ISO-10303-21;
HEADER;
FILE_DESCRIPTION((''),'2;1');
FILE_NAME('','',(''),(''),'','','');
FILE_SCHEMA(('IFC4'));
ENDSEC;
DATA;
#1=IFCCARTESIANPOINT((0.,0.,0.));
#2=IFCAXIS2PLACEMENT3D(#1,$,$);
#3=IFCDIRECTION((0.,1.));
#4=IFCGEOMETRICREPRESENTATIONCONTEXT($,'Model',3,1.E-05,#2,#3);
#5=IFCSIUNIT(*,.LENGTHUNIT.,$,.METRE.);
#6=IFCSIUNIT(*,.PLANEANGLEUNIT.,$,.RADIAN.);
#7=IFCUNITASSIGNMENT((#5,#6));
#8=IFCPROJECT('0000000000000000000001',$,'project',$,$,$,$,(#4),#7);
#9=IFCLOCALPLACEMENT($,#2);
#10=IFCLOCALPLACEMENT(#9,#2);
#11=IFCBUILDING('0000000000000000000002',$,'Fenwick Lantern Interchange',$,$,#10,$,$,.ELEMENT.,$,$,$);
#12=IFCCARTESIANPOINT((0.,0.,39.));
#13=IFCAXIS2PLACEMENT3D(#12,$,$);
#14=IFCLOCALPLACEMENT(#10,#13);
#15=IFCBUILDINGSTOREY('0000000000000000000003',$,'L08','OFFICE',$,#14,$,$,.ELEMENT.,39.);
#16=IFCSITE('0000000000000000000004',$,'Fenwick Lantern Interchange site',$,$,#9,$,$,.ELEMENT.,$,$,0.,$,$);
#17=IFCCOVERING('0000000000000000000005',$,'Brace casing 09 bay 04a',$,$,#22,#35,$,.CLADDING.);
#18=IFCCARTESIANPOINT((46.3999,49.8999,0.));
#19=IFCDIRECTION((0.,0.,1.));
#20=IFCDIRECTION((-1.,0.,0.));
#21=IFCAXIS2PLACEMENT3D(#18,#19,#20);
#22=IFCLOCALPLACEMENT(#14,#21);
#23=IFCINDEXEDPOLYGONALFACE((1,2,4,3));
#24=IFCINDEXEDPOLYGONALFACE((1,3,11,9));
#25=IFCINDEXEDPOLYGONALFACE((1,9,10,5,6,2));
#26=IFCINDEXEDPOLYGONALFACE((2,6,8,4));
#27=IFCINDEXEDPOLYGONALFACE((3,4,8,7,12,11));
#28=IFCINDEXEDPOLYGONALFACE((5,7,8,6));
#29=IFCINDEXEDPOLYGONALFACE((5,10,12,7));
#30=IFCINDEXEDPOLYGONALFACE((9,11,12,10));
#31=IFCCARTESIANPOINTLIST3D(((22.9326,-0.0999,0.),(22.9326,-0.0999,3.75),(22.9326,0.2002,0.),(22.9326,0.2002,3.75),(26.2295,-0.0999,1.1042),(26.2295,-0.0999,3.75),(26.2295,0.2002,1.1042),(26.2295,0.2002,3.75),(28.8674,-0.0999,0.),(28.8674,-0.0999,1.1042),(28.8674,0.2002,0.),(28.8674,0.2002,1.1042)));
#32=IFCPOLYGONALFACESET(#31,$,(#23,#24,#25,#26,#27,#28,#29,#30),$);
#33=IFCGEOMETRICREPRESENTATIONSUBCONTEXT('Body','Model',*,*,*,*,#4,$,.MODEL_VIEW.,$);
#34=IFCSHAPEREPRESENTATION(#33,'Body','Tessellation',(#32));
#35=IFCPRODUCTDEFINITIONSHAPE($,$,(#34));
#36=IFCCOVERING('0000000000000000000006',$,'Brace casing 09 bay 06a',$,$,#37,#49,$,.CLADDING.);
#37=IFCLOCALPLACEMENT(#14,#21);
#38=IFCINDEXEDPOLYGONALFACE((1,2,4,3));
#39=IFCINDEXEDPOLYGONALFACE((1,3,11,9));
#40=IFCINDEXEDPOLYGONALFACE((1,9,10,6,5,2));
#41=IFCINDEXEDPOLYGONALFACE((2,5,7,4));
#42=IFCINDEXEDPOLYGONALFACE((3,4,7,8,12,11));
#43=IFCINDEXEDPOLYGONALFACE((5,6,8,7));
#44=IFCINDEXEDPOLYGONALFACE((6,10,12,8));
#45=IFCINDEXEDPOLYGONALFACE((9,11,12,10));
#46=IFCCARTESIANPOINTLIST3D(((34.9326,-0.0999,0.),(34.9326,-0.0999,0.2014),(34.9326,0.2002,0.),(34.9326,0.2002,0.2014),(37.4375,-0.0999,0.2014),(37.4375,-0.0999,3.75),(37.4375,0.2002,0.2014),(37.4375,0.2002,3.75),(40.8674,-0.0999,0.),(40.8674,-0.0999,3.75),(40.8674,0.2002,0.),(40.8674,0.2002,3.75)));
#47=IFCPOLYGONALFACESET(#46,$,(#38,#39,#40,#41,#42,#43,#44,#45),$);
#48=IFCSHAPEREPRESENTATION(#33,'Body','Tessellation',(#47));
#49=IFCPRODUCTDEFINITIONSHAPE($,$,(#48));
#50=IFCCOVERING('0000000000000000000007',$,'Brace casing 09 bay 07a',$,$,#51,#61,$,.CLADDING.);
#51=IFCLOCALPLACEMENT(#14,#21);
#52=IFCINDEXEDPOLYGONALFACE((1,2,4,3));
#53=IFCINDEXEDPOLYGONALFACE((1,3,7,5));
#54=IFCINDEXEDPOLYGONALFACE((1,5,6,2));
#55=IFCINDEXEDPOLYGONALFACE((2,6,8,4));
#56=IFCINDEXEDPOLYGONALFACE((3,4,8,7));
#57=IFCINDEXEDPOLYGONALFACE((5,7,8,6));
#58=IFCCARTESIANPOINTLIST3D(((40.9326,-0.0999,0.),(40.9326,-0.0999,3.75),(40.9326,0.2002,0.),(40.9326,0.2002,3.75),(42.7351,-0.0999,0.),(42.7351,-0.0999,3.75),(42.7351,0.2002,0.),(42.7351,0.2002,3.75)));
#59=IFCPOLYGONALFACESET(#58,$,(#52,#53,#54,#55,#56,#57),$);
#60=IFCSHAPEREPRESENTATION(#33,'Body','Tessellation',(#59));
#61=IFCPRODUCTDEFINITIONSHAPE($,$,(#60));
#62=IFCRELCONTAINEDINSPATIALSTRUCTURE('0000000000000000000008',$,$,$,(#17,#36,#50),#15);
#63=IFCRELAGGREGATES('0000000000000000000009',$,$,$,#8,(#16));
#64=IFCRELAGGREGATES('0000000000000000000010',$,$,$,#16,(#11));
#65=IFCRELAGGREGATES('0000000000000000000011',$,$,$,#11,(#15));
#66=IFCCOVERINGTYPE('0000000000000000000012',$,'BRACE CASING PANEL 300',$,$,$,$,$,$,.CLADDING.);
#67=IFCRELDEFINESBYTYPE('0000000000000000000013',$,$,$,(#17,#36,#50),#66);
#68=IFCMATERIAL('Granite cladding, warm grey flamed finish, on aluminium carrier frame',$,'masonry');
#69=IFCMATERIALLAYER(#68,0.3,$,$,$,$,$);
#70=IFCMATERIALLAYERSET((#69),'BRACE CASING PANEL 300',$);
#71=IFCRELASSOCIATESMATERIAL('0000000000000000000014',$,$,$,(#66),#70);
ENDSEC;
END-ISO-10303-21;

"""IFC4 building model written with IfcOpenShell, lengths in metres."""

from ifc_helpers import new_model, si_unit, direction, frame, origin, place, context, subcontext, project, spatial, polyline, outline, extrude, material, layer, layer_set, type_object, element, save


model = new_model("IFC4")

# Units and contexts
model_context = context("Model", 3, precision=1e-05, world=origin(), true_north=direction((0.0, 1.0)))
body_context = subcontext(model_context, "Body", "Model", "MODEL_VIEW")
ifc_project = project(units=[si_unit("LENGTHUNIT", "METRE"), si_unit("PLANEANGLEUNIT", "RADIAN")], contexts=[model_context])

# Site, building, storey
site_placement = place(None, origin())
site = spatial("IfcSite", under=ifc_project, at=site_placement, Name="Fenwick Lantern Interchange site", CompositionType="ELEMENT", RefElevation=0.0)
building_placement = place(site_placement, origin())
building = spatial("IfcBuilding", under=site, at=building_placement, Name="Fenwick Lantern Interchange", CompositionType="ELEMENT")
storey_placement = place(building_placement, frame((0.0, 0.0, 39.0)))
storey = spatial("IfcBuildingStorey", under=building, at=storey_placement, Name="L08", Description="OFFICE", CompositionType="ELEMENT", Elevation=39.0)

# Coverings
ifc_material_1 = material(Name="Granite cladding, warm grey flamed finish, on aluminium carrier frame", Category="masonry")
ifc_layer_1 = layer(ifc_material_1, 0.3)
ifc_layer_set_1 = layer_set([ifc_layer_1], Name="BRACE CASING PANEL 300")
covering_type = type_object("IfcCoveringType", Name="BRACE CASING PANEL 300", PredefinedType="CLADDING", material=ifc_layer_set_1)
covering_1_placement = place(storey_placement, frame((46.3999, 49.8999, 0.0), z_axis=(0.0, 0.0, 1.0), x_axis=(-1.0, 0.0, 0.0)))
element("IfcCovering", 1, at=covering_1_placement, inside=storey, type_object=covering_type, Name="Brace casing 09 bay 04a", PredefinedType="CLADDING", context=body_context, shape_type="SweptSolid", body=[
    extrude(outline(polyline([(22.9326, 0.0), (28.8674, 0.0), (28.8674, 1.1042), (26.2295, 1.1042), (26.2295, 3.75), (22.9326, 3.75), (22.9326, 0.0)])), frame((0.0, 0.2002, 0.0), z_axis=(0.0, -1.0, 0.0), x_axis=(1.0, 0.0, 0.0)), (0.0, 0.0, 1.0), 0.3),
])
covering_2_placement = place(storey_placement, frame((46.3999, 49.8999, 0.0), z_axis=(0.0, 0.0, 1.0), x_axis=(-1.0, 0.0, 0.0)))
element("IfcCovering", 2, at=covering_2_placement, inside=storey, type_object=covering_type, Name="Brace casing 09 bay 06a", PredefinedType="CLADDING", context=body_context, shape_type="SweptSolid", body=[
    extrude(outline(polyline([(34.9326, 0.0), (40.8674, 0.0), (40.8674, 3.75), (37.4375, 3.75), (37.4375, 0.2014), (34.9326, 0.2014), (34.9326, 0.0)])), frame((0.0, 0.2002, 0.0), z_axis=(0.0, -1.0, 0.0), x_axis=(1.0, 0.0, 0.0)), (0.0, 0.0, 1.0), 0.3),
])
covering_3_placement = place(storey_placement, frame((46.3999, 49.8999, 0.0), z_axis=(0.0, 0.0, 1.0), x_axis=(-1.0, 0.0, 0.0)))
element("IfcCovering", 3, at=covering_3_placement, inside=storey, type_object=covering_type, Name="Brace casing 09 bay 07a", PredefinedType="CLADDING", context=body_context, shape_type="SweptSolid", body=[
    extrude(outline(polyline([(40.9326, 0.0), (42.7351, 0.0), (42.7351, 3.75), (40.9326, 3.75), (40.9326, 0.0)])), frame((0.0, 0.2002, 0.0), z_axis=(0.0, -1.0, 0.0), x_axis=(1.0, 0.0, 0.0)), (0.0, 0.0, 1.0), 0.3),
])

save(model, "model.ifc")
